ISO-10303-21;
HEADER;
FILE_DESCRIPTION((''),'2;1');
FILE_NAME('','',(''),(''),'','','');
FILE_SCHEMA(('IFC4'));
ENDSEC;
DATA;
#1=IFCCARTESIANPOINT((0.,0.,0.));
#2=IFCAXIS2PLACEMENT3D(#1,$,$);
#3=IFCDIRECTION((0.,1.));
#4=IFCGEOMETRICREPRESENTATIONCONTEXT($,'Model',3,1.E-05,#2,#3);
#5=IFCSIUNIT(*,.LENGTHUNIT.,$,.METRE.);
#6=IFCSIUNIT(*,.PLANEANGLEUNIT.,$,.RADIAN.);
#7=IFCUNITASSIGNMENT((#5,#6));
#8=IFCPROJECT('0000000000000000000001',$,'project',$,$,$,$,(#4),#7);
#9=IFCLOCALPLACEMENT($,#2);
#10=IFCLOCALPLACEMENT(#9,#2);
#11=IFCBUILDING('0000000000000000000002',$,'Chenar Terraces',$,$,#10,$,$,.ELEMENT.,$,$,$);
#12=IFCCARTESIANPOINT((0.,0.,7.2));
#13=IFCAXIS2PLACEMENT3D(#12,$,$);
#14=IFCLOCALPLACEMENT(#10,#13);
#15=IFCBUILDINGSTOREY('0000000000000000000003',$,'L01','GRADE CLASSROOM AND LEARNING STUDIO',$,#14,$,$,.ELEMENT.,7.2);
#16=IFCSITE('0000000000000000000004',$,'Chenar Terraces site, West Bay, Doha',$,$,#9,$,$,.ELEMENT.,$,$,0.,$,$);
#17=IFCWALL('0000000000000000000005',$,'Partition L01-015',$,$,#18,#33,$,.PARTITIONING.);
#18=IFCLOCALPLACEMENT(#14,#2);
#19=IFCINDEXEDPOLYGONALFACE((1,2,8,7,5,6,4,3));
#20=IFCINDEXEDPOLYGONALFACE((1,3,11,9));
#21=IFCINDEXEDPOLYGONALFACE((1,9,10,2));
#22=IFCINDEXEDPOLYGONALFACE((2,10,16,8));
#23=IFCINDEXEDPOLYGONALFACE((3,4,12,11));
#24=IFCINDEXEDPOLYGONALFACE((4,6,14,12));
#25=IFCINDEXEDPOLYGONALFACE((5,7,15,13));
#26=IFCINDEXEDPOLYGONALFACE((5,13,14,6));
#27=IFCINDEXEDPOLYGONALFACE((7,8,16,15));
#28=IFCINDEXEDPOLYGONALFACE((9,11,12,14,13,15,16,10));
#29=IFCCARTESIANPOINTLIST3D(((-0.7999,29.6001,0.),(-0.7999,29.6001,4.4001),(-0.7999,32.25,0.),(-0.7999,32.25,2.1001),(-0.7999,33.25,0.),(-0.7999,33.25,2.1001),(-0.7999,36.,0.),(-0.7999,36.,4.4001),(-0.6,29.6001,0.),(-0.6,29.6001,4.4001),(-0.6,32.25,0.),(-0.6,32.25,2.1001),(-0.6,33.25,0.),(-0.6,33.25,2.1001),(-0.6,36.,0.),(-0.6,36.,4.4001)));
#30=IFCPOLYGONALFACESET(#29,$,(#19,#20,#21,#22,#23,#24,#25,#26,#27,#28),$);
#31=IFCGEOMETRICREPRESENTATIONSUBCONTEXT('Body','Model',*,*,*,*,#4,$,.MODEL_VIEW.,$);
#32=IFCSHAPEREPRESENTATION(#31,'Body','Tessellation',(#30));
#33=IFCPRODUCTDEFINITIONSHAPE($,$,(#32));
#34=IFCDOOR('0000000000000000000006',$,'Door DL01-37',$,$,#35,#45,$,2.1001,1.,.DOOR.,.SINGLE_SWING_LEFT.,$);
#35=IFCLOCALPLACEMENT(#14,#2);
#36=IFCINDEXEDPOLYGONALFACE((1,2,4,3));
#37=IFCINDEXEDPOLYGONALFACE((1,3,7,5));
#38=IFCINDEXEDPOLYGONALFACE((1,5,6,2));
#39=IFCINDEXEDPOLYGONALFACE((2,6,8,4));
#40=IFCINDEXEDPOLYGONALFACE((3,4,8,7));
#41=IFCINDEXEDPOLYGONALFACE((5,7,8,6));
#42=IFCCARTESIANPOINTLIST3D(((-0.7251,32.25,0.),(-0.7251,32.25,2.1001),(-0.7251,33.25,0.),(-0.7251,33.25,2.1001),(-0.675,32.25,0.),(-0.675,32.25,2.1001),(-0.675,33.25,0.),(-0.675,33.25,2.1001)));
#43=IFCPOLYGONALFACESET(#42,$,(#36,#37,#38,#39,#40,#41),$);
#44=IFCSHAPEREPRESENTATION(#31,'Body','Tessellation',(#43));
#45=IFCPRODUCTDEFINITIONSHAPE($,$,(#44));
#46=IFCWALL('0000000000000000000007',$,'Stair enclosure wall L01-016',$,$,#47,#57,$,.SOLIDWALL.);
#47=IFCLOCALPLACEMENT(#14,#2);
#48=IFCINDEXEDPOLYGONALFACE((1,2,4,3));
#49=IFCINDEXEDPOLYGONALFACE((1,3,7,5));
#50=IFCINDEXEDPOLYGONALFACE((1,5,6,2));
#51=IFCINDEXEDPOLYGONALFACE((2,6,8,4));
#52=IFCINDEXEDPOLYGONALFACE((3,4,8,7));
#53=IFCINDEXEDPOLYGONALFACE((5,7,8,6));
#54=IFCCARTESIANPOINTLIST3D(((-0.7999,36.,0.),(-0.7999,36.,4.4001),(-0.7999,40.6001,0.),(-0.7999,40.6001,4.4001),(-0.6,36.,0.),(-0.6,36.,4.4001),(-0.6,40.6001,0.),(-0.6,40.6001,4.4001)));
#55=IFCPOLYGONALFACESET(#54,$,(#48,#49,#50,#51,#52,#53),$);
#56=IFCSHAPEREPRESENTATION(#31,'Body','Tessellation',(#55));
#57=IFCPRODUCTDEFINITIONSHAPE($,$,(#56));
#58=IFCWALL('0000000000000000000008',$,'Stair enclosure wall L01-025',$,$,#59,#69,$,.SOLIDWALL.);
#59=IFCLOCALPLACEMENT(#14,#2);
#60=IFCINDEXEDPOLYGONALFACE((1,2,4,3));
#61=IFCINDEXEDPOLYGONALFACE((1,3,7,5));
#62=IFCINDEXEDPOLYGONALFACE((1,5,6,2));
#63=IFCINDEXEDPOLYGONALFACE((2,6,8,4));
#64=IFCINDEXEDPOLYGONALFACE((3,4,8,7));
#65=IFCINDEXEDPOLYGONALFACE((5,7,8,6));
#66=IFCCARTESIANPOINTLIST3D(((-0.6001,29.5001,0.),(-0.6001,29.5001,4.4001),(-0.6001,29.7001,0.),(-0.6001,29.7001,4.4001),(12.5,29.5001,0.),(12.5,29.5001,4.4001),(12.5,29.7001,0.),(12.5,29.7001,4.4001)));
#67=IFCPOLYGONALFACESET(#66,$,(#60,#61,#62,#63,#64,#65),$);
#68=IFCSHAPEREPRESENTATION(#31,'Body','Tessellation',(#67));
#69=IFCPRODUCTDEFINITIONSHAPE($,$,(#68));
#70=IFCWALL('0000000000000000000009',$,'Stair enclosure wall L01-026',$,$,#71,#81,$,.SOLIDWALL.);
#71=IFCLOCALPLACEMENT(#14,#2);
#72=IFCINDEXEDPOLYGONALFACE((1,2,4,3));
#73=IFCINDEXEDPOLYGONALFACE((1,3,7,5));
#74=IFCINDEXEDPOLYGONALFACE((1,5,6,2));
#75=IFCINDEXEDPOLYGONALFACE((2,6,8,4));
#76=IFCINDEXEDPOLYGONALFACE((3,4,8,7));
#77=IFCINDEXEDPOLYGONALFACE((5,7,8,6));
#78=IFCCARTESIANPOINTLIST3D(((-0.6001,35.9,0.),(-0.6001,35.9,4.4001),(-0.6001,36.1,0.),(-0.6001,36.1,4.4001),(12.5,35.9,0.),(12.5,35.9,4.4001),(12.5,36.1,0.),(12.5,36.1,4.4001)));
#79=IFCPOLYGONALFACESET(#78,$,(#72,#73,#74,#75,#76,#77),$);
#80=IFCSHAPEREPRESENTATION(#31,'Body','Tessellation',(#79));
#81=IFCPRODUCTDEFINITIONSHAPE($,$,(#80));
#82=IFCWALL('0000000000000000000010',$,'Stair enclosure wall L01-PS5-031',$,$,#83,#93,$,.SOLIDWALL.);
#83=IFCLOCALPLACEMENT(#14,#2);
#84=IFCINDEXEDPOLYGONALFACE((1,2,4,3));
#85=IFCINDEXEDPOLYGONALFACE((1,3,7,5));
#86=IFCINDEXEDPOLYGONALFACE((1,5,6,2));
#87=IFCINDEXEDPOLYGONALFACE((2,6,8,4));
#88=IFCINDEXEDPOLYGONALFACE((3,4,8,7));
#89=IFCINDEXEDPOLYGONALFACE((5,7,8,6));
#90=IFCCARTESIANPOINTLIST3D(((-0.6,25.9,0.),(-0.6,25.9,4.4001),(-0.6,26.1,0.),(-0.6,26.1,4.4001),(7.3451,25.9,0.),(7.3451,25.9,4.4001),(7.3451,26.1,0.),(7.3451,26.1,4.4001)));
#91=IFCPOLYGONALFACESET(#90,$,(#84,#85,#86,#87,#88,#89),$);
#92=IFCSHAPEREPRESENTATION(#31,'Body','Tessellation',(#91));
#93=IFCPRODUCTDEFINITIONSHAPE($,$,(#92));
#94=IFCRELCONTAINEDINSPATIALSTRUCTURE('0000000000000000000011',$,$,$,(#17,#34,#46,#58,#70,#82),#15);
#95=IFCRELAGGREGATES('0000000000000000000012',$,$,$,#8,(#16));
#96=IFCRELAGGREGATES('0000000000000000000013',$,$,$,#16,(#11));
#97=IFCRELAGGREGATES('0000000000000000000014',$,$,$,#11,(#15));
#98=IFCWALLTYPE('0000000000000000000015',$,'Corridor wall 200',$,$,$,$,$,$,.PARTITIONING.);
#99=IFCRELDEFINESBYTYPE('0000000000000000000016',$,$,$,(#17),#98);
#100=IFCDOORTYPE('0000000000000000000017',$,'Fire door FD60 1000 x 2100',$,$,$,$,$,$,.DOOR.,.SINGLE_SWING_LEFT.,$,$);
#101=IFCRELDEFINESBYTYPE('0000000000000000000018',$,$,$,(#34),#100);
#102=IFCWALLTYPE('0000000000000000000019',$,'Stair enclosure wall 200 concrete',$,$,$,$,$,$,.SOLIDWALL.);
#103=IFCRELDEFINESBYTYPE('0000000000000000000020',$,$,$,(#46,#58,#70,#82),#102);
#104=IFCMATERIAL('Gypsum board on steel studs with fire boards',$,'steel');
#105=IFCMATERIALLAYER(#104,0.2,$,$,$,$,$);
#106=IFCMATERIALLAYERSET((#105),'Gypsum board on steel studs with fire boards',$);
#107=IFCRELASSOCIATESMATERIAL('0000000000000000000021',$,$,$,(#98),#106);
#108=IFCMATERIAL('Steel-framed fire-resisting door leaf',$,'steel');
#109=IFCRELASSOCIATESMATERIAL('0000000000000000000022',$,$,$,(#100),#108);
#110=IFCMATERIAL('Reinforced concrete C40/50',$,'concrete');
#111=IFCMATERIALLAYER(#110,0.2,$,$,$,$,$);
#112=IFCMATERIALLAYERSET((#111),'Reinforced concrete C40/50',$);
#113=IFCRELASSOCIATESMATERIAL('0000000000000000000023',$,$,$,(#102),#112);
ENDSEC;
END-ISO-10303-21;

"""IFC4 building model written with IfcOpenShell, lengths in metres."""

from ifc_helpers import new_model, si_unit, direction, frame, frame_2d, origin, place, context, subcontext, project, spatial, rectangle, extrude, material, layer, layer_set, type_object, element, fill, save


model = new_model("IFC4")

# Units and contexts
model_context = context("Model", 3, precision=1e-05, world=origin(), true_north=direction((0.0, 1.0)))
body_context = subcontext(model_context, "Body", "Model", "MODEL_VIEW")
ifc_project = project(units=[si_unit("LENGTHUNIT", "METRE"), si_unit("PLANEANGLEUNIT", "RADIAN")], contexts=[model_context])

# Site, building, storey
site_placement = place(None, origin())
site = spatial("IfcSite", under=ifc_project, at=site_placement, Name="Chenar Terraces site, West Bay, Doha", CompositionType="ELEMENT", RefElevation=0.0)
building_placement = place(site_placement, origin())
building = spatial("IfcBuilding", under=site, at=building_placement, Name="Chenar Terraces", CompositionType="ELEMENT")
storey_placement = place(building_placement, frame((0.0, 0.0, 7.2)))
storey = spatial("IfcBuildingStorey", under=building, at=storey_placement, Name="L01", Description="GRADE CLASSROOM AND LEARNING STUDIO", CompositionType="ELEMENT", Elevation=7.2)

# Wall, opening, door
ifc_material_1 = material(Name="Gypsum board on steel studs with fire boards", Category="steel")
ifc_layer_1 = layer(ifc_material_1, 0.2)
ifc_layer_set_1 = layer_set([ifc_layer_1], Name="Gypsum board on steel studs with fire boards")
wall_type_1 = type_object("IfcWallType", Name="Corridor wall 200", PredefinedType="PARTITIONING", material=ifc_layer_set_1)
wall_1_placement = place(storey_placement, frame((-0.7, 29.6001, 0.0), z_axis=(0.0, 0.0, 1.0), x_axis=(0.0, 1.0, 0.0)))
wall_1 = element("IfcWall", 1, at=wall_1_placement, inside=storey, type_object=wall_type_1, Name="Partition L01-015", PredefinedType="PARTITIONING", context=body_context, shape_type="SweptSolid", body=[
    extrude(rectangle(XDim=6.3999, YDim=0.2, at=frame_2d((3.2, 0.0))), origin(), (0.0, 0.0, 1.0), 4.4001),
])
opening_placement = place(wall_1_placement, frame((2.6499, 0.0, 0.0)))
opening = element("IfcOpeningElement", 2, at=opening_placement, cuts=wall_1, PredefinedType="OPENING", context=body_context, shape_type="SweptSolid", body=[
    extrude(rectangle(XDim=1.0, YDim=2.1001, at=frame_2d((0.5, 1.05))), frame((0.0, 0.1099, 0.0), z_axis=(0.0, -1.0, 0.0), x_axis=(1.0, 0.0, 0.0)), (0.0, 0.0, 1.0), 0.22),
])
ifc_material_2 = material(Name="Steel-framed fire-resisting door leaf", Category="steel")
door_type = type_object("IfcDoorType", Name="Fire door FD60 1000 x 2100", OperationType="SINGLE_SWING_LEFT", PredefinedType="DOOR", material=ifc_material_2)
door_placement = place(opening_placement, frame((1.0, 0.0, 0.0), z_axis=(0.0, 0.0, 1.0), x_axis=(-1.0, 0.0, 0.0)))
door = element("IfcDoor", 3, at=door_placement, inside=storey, type_object=door_type, Name="Door DL01-37", OperationType="SINGLE_SWING_LEFT", OverallHeight=2.1001, OverallWidth=1.0, PredefinedType="DOOR", context=body_context, shape_type="SweptSolid", body=[
    extrude(rectangle(XDim=1.0, YDim=2.1001, at=frame_2d((0.5, 1.05))), frame((0.0, 0.0249, 0.0), z_axis=(0.0, -1.0, 0.0), x_axis=(1.0, 0.0, 0.0)), (0.0, 0.0, 1.0), 0.05),
])
fill(opening, door)

# Walls
ifc_material_3 = material(Name="Reinforced concrete C40/50", Category="concrete")
ifc_layer_2 = layer(ifc_material_3, 0.2)
ifc_layer_set_2 = layer_set([ifc_layer_2], Name="Reinforced concrete C40/50")
wall_type_2 = type_object("IfcWallType", Name="Stair enclosure wall 200 concrete", PredefinedType="SOLIDWALL", material=ifc_layer_set_2)
wall_2_placement = place(storey_placement, frame((-0.7, 36.0, 0.0), z_axis=(0.0, 0.0, 1.0), x_axis=(0.0, 1.0, 0.0)))
element("IfcWall", 4, at=wall_2_placement, inside=storey, type_object=wall_type_2, Name="Stair enclosure wall L01-016", PredefinedType="SOLIDWALL", context=body_context, shape_type="SweptSolid", body=[
    extrude(rectangle(XDim=4.6001, YDim=0.2, at=frame_2d((2.3, 0.0))), origin(), (0.0, 0.0, 1.0), 4.4001),
])
for number, where, z_axis, x_axis, name in (
    (5, (-0.6001, 29.6001, 0.0), (0.0, 0.0, 1.0), (1.0, 0.0, 0.0), "Stair enclosure wall L01-025"),
    (6, (-0.6001, 36.0, 0.0), (0.0, 0.0, 1.0), (1.0, 0.0, 0.0), "Stair enclosure wall L01-026"),
):
    element("IfcWall", number, at=place(storey_placement, frame(where, z_axis=z_axis, x_axis=x_axis)), inside=storey, type_object=wall_type_2, Name=name, PredefinedType="SOLIDWALL", context=body_context, shape_type="SweptSolid", body=[
        extrude(rectangle(XDim=13.1001, YDim=0.2, at=frame_2d((6.55, 0.0))), origin(), (0.0, 0.0, 1.0), 4.4001),
    ])
wall_3_placement = place(storey_placement, frame((-0.6001, 26.0, 0.0), z_axis=(0.0, 0.0, 1.0), x_axis=(1.0, 0.0, 0.0)))
element("IfcWall", 7, at=wall_3_placement, inside=storey, type_object=wall_type_2, Name="Stair enclosure wall L01-PS5-031", PredefinedType="SOLIDWALL", context=body_context, shape_type="SweptSolid", body=[
    extrude(rectangle(XDim=7.9451, YDim=0.2, at=frame_2d((3.9727, 0.0))), origin(), (0.0, 0.0, 1.0), 4.4001),
])

save(model, "model.ifc")
